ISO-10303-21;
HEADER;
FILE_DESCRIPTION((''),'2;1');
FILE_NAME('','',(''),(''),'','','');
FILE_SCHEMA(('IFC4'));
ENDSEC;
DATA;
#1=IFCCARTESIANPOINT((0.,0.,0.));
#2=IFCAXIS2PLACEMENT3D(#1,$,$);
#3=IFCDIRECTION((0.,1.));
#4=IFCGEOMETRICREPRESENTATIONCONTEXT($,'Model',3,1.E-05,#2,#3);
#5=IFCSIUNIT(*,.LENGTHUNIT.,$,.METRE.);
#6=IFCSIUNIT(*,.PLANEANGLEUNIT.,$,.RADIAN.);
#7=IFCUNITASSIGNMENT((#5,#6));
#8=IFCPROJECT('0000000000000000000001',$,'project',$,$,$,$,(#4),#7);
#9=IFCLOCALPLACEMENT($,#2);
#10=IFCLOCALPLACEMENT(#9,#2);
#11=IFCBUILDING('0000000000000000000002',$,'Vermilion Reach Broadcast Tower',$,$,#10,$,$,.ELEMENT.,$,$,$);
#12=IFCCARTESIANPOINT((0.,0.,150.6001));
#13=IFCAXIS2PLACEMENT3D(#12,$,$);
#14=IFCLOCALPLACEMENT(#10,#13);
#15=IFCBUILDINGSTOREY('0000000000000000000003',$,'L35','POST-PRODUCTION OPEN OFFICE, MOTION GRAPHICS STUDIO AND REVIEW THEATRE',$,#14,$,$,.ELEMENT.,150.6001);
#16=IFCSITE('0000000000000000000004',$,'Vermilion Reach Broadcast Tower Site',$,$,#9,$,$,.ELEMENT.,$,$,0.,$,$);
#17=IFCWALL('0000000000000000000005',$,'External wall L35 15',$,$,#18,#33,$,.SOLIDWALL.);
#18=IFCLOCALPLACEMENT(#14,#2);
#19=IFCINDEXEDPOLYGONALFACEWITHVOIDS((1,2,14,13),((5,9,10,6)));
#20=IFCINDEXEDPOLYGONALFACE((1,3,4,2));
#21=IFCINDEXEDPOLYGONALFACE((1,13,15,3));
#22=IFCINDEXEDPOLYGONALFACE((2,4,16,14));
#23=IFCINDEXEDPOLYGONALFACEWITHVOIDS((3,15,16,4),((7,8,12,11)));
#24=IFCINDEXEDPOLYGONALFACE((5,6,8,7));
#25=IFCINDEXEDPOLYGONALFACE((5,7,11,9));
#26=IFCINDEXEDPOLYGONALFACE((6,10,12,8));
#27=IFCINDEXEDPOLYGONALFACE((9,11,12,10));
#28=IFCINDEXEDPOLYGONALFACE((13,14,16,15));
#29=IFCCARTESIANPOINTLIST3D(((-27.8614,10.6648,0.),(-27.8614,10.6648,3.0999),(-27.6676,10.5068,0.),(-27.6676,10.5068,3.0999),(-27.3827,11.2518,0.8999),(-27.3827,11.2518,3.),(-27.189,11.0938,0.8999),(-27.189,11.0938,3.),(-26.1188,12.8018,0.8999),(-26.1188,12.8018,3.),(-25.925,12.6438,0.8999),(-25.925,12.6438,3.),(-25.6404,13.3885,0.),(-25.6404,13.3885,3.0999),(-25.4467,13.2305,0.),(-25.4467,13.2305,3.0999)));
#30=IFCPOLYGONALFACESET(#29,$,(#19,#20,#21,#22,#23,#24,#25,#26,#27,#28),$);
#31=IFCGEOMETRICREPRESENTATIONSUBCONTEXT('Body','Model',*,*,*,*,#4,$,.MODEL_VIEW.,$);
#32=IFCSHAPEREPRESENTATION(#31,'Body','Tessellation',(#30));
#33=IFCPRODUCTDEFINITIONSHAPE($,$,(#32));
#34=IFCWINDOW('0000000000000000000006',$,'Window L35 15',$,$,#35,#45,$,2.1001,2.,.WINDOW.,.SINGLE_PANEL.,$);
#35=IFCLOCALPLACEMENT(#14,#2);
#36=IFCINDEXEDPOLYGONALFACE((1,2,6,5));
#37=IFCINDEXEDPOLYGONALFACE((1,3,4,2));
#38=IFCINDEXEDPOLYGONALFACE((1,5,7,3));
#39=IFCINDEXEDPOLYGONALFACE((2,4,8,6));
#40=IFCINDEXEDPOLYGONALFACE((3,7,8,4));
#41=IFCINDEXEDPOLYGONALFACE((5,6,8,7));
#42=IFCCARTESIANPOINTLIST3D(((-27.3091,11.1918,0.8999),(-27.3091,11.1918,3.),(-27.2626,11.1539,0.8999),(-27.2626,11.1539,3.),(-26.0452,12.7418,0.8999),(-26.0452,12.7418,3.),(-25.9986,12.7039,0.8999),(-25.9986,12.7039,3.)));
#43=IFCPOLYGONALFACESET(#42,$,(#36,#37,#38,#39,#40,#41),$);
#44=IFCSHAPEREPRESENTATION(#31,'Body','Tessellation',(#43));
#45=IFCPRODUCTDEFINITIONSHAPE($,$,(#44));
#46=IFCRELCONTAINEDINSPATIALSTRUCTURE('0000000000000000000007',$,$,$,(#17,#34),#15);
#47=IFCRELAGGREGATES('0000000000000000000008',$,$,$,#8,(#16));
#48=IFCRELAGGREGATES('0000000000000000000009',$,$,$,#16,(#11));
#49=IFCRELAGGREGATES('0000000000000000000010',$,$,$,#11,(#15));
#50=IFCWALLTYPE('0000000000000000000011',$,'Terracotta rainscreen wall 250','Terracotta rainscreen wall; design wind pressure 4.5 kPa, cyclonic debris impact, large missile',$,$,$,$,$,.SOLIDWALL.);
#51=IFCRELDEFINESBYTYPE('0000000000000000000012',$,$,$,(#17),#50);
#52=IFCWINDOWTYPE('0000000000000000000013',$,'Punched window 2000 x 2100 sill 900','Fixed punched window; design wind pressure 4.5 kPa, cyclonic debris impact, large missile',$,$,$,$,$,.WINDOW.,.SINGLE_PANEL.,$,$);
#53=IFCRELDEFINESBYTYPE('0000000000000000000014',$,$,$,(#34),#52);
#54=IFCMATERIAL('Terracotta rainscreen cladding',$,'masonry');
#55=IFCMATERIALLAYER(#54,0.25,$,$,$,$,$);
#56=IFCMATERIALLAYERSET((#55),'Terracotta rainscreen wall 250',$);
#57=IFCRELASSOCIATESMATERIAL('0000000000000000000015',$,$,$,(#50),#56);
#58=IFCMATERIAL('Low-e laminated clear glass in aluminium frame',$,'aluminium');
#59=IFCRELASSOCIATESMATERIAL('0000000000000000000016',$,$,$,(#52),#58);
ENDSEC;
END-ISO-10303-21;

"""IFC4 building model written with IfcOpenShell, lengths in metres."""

from ifc_helpers import new_model, si_unit, direction, frame, frame_2d, origin, place, context, subcontext, project, spatial, rectangle, extrude, material, layer, layer_set, type_object, element, fill, save


model = new_model("IFC4")

# Units and contexts
model_context = context("Model", 3, precision=1e-05, world=origin(), true_north=direction((0.0, 1.0)))
body_context = subcontext(model_context, "Body", "Model", "MODEL_VIEW")
ifc_project = project(units=[si_unit("LENGTHUNIT", "METRE"), si_unit("PLANEANGLEUNIT", "RADIAN")], contexts=[model_context])

# Site, building, storey
site_placement = place(None, origin())
site = spatial("IfcSite", under=ifc_project, at=site_placement, Name="Vermilion Reach Broadcast Tower Site", CompositionType="ELEMENT", RefElevation=0.0)
building_placement = place(site_placement, origin())
building = spatial("IfcBuilding", under=site, at=building_placement, Name="Vermilion Reach Broadcast Tower", CompositionType="ELEMENT")
storey_placement = place(building_placement, frame((0.0, 0.0, 150.6001)))
storey = spatial("IfcBuildingStorey", under=building, at=storey_placement, Name="L35", Description="POST-PRODUCTION OPEN OFFICE, MOTION GRAPHICS STUDIO AND REVIEW THEATRE", CompositionType="ELEMENT", Elevation=150.6001)

# Shared definitions
ifc_material_1 = material(Name="Terracotta rainscreen cladding", Category="masonry")
ifc_layer_1 = layer(ifc_material_1, 0.25)
ifc_layer_set_1 = layer_set([ifc_layer_1], Name="Terracotta rainscreen wall 250")
wall_type_1 = type_object("IfcWallType", Name="Terracotta rainscreen wall 250", Description="Terracotta rainscreen wall; design wind pressure 4.5 kPa, cyclonic debris impact, large missile", PredefinedType="SOLIDWALL", material=ifc_layer_set_1)

# Wall, opening, window
wall_1_placement = place(storey_placement, frame((-25.5435, 13.3096, 0.0), z_axis=(0.0, 0.0, 1.0), x_axis=(-0.631962, -0.774999, 0.0)))
wall_1 = element("IfcWall", 1, at=wall_1_placement, inside=storey, type_object=wall_type_1, Name="External wall L35 15", PredefinedType="SOLIDWALL", context=body_context, shape_type="SweptSolid", body=[
    extrude(rectangle(XDim=3.5144, YDim=0.25, at=frame_2d((1.7573, 0.0))), origin(), (0.0, 0.0, 1.0), 3.0999),
])
opening_placement = place(wall_1_placement, frame((0.7571, 0.0, 0.8999)))
opening = element("IfcOpeningElement", 2, at=opening_placement, cuts=wall_1, PredefinedType="OPENING", context=body_context, shape_type="SweptSolid", body=[
    extrude(rectangle(XDim=2.0, YDim=2.1001, at=frame_2d((1.0, 1.05))), frame((0.0, 0.135, 0.0), z_axis=(0.0, -1.0, 0.0), x_axis=(1.0, 0.0, 0.0)), (0.0, 0.0, 1.0), 0.27),
])
ifc_material_2 = material(Name="Low-e laminated clear glass in aluminium frame", Category="aluminium")
window_type = type_object("IfcWindowType", Name="Punched window 2000 x 2100 sill 900", Description="Fixed punched window; design wind pressure 4.5 kPa, cyclonic debris impact, large missile", PartitioningType="SINGLE_PANEL", PredefinedType="WINDOW", material=ifc_material_2)
window_placement = place(opening_placement, origin())
window = element("IfcWindow", 3, at=window_placement, inside=storey, type_object=window_type, Name="Window L35 15", OverallHeight=2.1001, OverallWidth=2.0, PartitioningType="SINGLE_PANEL", PredefinedType="WINDOW", context=body_context, shape_type="SweptSolid", body=[
    extrude(rectangle(XDim=2.0, YDim=2.1001, at=frame_2d((1.0, 1.05))), frame((0.0, 0.03, 0.0), z_axis=(0.0, -1.0, 0.0), x_axis=(1.0, 0.0, 0.0)), (0.0, 0.0, 1.0), 0.0601),
])
fill(opening, window)

save(model, "model.ifc")
